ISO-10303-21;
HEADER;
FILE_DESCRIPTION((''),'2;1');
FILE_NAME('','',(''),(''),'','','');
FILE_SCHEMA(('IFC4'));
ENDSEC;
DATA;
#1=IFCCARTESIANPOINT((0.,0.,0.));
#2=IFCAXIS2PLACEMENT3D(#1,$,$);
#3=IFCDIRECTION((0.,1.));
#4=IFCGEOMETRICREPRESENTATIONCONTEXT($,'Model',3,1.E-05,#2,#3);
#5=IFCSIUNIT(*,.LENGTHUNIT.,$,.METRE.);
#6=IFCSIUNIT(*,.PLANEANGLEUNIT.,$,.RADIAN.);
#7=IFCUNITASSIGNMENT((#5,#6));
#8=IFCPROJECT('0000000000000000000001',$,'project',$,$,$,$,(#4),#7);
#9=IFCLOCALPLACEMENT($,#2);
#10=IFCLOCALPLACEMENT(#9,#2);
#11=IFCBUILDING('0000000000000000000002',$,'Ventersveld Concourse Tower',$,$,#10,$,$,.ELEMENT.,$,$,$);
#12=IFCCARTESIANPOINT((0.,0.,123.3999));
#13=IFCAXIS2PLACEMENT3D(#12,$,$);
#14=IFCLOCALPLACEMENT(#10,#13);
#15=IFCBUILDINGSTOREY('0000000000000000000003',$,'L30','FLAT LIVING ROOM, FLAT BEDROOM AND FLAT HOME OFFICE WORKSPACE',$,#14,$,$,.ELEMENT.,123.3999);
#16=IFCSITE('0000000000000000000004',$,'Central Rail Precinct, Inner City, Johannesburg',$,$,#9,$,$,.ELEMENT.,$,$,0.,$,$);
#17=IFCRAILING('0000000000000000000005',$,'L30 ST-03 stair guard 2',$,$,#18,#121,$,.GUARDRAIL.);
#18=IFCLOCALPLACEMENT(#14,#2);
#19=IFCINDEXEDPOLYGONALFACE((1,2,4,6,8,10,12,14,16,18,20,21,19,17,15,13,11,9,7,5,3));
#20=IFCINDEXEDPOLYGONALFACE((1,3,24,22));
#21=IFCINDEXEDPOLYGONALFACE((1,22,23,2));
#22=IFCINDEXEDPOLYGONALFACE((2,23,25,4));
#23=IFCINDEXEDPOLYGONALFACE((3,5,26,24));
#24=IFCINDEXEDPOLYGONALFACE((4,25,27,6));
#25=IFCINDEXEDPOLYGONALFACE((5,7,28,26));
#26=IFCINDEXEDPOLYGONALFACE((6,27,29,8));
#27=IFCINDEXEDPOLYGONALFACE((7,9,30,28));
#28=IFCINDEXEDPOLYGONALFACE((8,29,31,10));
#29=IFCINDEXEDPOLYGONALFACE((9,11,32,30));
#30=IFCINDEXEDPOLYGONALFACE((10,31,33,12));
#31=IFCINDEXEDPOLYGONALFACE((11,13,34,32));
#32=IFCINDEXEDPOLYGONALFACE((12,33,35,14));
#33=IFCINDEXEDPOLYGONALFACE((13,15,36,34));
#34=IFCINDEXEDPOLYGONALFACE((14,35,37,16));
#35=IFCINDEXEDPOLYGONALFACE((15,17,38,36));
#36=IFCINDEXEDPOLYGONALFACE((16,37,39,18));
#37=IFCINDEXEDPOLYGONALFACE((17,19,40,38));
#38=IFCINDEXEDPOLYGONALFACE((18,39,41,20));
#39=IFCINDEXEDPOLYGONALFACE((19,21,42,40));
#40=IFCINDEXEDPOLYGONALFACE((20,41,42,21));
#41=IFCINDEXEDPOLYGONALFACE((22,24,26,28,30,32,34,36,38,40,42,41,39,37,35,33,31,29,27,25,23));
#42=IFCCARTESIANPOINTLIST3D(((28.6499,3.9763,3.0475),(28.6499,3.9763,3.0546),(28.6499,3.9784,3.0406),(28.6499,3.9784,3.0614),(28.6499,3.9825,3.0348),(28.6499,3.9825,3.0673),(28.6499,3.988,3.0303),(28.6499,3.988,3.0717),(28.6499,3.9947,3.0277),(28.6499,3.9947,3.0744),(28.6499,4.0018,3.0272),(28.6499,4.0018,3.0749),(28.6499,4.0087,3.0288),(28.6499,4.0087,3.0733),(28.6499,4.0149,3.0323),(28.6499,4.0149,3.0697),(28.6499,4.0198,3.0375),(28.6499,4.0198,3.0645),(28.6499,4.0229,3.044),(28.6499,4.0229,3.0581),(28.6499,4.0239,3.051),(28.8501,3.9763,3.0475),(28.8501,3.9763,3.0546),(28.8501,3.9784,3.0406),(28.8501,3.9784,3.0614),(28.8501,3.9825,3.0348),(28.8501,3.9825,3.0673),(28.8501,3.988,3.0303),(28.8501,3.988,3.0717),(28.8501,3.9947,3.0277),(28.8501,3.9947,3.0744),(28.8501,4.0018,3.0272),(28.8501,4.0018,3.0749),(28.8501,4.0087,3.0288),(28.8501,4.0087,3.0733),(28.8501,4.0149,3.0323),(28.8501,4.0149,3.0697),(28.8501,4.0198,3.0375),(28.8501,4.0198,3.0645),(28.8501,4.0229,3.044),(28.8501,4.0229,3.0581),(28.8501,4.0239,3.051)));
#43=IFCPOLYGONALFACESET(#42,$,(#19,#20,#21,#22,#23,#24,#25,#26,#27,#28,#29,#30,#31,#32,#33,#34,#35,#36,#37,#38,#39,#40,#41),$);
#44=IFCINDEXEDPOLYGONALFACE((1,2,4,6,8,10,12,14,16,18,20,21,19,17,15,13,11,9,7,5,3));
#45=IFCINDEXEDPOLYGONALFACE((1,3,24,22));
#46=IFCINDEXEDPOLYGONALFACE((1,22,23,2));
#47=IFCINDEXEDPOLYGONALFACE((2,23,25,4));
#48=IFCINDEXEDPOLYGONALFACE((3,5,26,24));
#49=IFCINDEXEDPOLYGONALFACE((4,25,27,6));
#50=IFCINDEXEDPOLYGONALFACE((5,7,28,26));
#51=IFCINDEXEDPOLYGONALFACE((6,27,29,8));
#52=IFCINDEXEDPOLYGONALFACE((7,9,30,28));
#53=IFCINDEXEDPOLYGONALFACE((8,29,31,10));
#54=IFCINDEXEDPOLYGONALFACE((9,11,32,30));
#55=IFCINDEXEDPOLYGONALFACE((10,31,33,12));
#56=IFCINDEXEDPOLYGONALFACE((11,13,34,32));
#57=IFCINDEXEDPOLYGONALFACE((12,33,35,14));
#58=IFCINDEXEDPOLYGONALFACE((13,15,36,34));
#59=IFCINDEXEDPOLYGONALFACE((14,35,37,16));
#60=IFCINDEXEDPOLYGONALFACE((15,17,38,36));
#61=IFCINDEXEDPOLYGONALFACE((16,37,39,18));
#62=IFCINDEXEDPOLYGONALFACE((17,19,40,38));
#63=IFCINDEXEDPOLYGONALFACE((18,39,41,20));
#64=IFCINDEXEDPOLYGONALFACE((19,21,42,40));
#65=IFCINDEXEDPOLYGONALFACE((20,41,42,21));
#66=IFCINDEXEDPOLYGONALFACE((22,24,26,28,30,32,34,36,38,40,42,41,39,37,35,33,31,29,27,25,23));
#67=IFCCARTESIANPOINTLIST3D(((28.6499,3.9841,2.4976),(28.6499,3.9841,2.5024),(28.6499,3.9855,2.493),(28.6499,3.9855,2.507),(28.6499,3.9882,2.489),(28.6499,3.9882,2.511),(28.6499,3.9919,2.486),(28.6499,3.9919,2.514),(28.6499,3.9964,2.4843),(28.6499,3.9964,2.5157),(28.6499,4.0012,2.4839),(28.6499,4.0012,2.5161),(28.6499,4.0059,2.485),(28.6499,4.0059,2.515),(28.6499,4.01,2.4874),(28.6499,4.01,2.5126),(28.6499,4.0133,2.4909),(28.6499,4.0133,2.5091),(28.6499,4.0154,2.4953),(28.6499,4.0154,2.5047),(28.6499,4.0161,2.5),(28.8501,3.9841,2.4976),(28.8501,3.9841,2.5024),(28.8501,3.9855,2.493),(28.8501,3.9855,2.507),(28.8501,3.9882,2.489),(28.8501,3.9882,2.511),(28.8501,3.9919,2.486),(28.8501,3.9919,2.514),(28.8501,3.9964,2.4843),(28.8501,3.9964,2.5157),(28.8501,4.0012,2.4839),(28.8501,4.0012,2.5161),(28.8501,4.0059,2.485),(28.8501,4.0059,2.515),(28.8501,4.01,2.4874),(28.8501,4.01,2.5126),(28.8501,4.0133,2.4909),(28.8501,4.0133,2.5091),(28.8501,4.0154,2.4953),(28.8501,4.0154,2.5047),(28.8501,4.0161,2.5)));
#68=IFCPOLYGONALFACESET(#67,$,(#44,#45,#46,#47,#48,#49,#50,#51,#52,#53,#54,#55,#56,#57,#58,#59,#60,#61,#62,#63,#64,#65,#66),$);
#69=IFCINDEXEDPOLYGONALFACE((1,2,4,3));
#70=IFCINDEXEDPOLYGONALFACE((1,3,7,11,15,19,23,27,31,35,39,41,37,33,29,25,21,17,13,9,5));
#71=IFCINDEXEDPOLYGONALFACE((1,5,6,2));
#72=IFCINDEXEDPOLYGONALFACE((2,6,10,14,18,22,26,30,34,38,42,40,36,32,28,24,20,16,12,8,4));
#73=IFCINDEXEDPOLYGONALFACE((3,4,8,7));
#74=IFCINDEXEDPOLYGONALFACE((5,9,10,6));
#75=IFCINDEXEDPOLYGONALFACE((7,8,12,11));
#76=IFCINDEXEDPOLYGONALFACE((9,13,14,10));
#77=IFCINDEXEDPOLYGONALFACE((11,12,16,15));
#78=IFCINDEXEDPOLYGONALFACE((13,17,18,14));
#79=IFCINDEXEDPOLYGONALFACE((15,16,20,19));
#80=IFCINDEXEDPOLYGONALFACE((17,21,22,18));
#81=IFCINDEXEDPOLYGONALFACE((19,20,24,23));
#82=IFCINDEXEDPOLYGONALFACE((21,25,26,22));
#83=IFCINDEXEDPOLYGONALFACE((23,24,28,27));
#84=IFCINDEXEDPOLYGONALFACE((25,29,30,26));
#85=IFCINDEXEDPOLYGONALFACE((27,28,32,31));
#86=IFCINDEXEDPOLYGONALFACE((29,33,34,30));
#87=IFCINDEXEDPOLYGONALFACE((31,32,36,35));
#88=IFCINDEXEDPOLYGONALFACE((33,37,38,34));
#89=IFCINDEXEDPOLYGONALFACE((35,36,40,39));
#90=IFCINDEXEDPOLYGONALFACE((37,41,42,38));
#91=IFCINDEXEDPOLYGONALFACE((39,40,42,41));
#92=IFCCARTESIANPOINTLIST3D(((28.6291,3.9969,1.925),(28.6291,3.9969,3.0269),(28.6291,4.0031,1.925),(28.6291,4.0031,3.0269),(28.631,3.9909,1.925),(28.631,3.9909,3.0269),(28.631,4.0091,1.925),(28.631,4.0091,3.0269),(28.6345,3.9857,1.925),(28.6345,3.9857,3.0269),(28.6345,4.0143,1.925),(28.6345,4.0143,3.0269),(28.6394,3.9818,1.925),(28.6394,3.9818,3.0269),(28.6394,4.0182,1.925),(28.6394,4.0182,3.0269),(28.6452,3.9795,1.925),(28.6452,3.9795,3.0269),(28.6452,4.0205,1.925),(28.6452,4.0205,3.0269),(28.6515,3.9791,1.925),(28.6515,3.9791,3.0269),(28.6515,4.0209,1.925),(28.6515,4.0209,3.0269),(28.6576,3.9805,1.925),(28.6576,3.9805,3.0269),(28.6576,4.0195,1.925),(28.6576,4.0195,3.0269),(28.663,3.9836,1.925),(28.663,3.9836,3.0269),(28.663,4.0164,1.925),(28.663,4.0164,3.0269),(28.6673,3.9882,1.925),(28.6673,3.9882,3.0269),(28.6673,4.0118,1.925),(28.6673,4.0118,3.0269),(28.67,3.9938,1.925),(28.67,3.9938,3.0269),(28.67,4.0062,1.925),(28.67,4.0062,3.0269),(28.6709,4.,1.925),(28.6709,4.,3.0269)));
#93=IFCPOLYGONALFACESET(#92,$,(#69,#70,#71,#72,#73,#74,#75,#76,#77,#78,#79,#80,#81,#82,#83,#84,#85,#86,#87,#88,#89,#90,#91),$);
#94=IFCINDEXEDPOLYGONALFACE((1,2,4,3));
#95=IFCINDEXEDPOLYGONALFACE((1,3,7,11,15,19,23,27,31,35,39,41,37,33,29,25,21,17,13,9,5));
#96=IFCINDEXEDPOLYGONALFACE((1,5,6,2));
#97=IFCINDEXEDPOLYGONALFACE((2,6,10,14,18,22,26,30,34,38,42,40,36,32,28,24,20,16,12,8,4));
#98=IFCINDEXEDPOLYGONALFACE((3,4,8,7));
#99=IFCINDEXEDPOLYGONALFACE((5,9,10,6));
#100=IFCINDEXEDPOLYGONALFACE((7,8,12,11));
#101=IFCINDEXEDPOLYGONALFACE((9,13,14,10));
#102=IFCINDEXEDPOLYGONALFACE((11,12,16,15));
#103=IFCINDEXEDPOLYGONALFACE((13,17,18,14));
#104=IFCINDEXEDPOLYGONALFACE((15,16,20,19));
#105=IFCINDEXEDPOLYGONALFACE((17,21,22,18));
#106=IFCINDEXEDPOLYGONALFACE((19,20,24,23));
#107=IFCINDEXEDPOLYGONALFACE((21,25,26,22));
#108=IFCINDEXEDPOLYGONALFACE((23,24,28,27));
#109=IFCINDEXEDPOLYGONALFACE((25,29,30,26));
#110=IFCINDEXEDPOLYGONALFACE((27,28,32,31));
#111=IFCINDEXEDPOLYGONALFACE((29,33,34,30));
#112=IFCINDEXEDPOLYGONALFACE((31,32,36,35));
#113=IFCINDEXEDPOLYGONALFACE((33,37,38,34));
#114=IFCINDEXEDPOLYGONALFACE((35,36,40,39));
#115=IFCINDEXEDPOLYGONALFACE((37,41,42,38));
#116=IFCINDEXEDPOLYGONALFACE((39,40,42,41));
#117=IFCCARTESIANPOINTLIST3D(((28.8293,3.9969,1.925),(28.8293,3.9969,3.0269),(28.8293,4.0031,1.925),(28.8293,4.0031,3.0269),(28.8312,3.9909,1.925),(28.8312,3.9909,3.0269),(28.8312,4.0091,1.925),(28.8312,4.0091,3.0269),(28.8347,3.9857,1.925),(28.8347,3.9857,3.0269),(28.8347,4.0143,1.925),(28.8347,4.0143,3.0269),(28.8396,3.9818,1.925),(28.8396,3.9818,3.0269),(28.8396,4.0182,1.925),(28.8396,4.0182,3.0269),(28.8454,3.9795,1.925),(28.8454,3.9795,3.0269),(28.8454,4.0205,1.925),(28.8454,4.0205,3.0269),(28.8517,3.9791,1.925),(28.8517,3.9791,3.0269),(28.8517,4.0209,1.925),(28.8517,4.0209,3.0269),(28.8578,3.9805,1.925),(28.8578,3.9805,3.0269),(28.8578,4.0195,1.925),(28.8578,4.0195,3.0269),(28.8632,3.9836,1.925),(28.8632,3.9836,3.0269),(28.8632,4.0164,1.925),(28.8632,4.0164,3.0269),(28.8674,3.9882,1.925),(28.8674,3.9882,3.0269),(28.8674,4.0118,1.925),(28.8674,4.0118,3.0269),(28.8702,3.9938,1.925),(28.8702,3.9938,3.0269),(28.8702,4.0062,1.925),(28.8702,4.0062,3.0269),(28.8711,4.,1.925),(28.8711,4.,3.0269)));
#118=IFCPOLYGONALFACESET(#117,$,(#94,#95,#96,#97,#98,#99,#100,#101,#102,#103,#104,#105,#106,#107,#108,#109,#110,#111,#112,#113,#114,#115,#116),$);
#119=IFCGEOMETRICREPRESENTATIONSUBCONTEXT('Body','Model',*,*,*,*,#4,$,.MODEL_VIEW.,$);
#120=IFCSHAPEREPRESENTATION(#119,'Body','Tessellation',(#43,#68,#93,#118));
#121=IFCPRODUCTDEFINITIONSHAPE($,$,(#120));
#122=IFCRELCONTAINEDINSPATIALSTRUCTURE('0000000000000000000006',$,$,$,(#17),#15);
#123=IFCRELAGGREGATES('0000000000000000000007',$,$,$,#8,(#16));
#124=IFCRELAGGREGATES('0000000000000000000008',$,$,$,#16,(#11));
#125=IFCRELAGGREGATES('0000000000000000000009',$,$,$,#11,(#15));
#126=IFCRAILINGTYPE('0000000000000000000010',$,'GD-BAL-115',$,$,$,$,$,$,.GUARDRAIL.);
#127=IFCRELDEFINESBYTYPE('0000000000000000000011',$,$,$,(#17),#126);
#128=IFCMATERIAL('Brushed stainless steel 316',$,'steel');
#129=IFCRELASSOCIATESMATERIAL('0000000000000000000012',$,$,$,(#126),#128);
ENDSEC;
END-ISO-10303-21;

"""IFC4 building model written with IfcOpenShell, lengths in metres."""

from ifc_helpers import new_model, si_unit, direction, frame, origin, origin_2d, place, context, subcontext, project, spatial, circle, extrude, material, type_object, element, save


model = new_model("IFC4")

# Units and contexts
model_context = context("Model", 3, precision=1e-05, world=origin(), true_north=direction((0.0, 1.0)))
body_context = subcontext(model_context, "Body", "Model", "MODEL_VIEW")
ifc_project = project(units=[si_unit("LENGTHUNIT", "METRE"), si_unit("PLANEANGLEUNIT", "RADIAN")], contexts=[model_context])

# Site, building, storey
site_placement = place(None, origin())
site = spatial("IfcSite", under=ifc_project, at=site_placement, Name="Central Rail Precinct, Inner City, Johannesburg", CompositionType="ELEMENT", RefElevation=0.0)
building_placement = place(site_placement, origin())
building = spatial("IfcBuilding", under=site, at=building_placement, Name="Ventersveld Concourse Tower", CompositionType="ELEMENT")
storey_placement = place(building_placement, frame((0.0, 0.0, 123.3999)))
storey = spatial("IfcBuildingStorey", under=building, at=storey_placement, Name="L30", Description="FLAT LIVING ROOM, FLAT BEDROOM AND FLAT HOME OFFICE WORKSPACE", CompositionType="ELEMENT", Elevation=123.3999)

# Railing
ifc_material_1 = material(Name="Brushed stainless steel 316", Category="steel")
railing_type_1 = type_object("IfcRailingType", Name="GD-BAL-115", PredefinedType="GUARDRAIL", material=ifc_material_1)
railing_1_placement = place(storey_placement, frame((28.6499, 4.0, 1.925)))
element("IfcRailing", 1, at=railing_1_placement, inside=storey, type_object=railing_type_1, Name="L30 ST-03 stair guard 2", PredefinedType="GUARDRAIL", context=body_context, shape_type="SweptSolid", body=[
    extrude(circle(Radius=0.0239, at=origin_2d()), frame((0.0, 0.0, 1.126), z_axis=(1.0, 0.0, 0.0), x_axis=(0.0, 1.0, 0.0)), (0.0, 0.0, 1.0), 0.2002),
    extrude(circle(Radius=0.0161, at=origin_2d()), frame((0.0, 0.0, 0.575), z_axis=(1.0, 0.0, 0.0), x_axis=(0.0, 1.0, 0.0)), (0.0, 0.0, 1.0), 0.2002),
    extrude(circle(Radius=0.021, at=origin_2d()), origin(), (0.0, 0.0, 1.0), 1.1018),
    extrude(circle(Radius=0.021, at=origin_2d()), frame((0.2002, 0.0, 0.0)), (0.0, 0.0, 1.0), 1.1018),
])

save(model, "model.ifc")
